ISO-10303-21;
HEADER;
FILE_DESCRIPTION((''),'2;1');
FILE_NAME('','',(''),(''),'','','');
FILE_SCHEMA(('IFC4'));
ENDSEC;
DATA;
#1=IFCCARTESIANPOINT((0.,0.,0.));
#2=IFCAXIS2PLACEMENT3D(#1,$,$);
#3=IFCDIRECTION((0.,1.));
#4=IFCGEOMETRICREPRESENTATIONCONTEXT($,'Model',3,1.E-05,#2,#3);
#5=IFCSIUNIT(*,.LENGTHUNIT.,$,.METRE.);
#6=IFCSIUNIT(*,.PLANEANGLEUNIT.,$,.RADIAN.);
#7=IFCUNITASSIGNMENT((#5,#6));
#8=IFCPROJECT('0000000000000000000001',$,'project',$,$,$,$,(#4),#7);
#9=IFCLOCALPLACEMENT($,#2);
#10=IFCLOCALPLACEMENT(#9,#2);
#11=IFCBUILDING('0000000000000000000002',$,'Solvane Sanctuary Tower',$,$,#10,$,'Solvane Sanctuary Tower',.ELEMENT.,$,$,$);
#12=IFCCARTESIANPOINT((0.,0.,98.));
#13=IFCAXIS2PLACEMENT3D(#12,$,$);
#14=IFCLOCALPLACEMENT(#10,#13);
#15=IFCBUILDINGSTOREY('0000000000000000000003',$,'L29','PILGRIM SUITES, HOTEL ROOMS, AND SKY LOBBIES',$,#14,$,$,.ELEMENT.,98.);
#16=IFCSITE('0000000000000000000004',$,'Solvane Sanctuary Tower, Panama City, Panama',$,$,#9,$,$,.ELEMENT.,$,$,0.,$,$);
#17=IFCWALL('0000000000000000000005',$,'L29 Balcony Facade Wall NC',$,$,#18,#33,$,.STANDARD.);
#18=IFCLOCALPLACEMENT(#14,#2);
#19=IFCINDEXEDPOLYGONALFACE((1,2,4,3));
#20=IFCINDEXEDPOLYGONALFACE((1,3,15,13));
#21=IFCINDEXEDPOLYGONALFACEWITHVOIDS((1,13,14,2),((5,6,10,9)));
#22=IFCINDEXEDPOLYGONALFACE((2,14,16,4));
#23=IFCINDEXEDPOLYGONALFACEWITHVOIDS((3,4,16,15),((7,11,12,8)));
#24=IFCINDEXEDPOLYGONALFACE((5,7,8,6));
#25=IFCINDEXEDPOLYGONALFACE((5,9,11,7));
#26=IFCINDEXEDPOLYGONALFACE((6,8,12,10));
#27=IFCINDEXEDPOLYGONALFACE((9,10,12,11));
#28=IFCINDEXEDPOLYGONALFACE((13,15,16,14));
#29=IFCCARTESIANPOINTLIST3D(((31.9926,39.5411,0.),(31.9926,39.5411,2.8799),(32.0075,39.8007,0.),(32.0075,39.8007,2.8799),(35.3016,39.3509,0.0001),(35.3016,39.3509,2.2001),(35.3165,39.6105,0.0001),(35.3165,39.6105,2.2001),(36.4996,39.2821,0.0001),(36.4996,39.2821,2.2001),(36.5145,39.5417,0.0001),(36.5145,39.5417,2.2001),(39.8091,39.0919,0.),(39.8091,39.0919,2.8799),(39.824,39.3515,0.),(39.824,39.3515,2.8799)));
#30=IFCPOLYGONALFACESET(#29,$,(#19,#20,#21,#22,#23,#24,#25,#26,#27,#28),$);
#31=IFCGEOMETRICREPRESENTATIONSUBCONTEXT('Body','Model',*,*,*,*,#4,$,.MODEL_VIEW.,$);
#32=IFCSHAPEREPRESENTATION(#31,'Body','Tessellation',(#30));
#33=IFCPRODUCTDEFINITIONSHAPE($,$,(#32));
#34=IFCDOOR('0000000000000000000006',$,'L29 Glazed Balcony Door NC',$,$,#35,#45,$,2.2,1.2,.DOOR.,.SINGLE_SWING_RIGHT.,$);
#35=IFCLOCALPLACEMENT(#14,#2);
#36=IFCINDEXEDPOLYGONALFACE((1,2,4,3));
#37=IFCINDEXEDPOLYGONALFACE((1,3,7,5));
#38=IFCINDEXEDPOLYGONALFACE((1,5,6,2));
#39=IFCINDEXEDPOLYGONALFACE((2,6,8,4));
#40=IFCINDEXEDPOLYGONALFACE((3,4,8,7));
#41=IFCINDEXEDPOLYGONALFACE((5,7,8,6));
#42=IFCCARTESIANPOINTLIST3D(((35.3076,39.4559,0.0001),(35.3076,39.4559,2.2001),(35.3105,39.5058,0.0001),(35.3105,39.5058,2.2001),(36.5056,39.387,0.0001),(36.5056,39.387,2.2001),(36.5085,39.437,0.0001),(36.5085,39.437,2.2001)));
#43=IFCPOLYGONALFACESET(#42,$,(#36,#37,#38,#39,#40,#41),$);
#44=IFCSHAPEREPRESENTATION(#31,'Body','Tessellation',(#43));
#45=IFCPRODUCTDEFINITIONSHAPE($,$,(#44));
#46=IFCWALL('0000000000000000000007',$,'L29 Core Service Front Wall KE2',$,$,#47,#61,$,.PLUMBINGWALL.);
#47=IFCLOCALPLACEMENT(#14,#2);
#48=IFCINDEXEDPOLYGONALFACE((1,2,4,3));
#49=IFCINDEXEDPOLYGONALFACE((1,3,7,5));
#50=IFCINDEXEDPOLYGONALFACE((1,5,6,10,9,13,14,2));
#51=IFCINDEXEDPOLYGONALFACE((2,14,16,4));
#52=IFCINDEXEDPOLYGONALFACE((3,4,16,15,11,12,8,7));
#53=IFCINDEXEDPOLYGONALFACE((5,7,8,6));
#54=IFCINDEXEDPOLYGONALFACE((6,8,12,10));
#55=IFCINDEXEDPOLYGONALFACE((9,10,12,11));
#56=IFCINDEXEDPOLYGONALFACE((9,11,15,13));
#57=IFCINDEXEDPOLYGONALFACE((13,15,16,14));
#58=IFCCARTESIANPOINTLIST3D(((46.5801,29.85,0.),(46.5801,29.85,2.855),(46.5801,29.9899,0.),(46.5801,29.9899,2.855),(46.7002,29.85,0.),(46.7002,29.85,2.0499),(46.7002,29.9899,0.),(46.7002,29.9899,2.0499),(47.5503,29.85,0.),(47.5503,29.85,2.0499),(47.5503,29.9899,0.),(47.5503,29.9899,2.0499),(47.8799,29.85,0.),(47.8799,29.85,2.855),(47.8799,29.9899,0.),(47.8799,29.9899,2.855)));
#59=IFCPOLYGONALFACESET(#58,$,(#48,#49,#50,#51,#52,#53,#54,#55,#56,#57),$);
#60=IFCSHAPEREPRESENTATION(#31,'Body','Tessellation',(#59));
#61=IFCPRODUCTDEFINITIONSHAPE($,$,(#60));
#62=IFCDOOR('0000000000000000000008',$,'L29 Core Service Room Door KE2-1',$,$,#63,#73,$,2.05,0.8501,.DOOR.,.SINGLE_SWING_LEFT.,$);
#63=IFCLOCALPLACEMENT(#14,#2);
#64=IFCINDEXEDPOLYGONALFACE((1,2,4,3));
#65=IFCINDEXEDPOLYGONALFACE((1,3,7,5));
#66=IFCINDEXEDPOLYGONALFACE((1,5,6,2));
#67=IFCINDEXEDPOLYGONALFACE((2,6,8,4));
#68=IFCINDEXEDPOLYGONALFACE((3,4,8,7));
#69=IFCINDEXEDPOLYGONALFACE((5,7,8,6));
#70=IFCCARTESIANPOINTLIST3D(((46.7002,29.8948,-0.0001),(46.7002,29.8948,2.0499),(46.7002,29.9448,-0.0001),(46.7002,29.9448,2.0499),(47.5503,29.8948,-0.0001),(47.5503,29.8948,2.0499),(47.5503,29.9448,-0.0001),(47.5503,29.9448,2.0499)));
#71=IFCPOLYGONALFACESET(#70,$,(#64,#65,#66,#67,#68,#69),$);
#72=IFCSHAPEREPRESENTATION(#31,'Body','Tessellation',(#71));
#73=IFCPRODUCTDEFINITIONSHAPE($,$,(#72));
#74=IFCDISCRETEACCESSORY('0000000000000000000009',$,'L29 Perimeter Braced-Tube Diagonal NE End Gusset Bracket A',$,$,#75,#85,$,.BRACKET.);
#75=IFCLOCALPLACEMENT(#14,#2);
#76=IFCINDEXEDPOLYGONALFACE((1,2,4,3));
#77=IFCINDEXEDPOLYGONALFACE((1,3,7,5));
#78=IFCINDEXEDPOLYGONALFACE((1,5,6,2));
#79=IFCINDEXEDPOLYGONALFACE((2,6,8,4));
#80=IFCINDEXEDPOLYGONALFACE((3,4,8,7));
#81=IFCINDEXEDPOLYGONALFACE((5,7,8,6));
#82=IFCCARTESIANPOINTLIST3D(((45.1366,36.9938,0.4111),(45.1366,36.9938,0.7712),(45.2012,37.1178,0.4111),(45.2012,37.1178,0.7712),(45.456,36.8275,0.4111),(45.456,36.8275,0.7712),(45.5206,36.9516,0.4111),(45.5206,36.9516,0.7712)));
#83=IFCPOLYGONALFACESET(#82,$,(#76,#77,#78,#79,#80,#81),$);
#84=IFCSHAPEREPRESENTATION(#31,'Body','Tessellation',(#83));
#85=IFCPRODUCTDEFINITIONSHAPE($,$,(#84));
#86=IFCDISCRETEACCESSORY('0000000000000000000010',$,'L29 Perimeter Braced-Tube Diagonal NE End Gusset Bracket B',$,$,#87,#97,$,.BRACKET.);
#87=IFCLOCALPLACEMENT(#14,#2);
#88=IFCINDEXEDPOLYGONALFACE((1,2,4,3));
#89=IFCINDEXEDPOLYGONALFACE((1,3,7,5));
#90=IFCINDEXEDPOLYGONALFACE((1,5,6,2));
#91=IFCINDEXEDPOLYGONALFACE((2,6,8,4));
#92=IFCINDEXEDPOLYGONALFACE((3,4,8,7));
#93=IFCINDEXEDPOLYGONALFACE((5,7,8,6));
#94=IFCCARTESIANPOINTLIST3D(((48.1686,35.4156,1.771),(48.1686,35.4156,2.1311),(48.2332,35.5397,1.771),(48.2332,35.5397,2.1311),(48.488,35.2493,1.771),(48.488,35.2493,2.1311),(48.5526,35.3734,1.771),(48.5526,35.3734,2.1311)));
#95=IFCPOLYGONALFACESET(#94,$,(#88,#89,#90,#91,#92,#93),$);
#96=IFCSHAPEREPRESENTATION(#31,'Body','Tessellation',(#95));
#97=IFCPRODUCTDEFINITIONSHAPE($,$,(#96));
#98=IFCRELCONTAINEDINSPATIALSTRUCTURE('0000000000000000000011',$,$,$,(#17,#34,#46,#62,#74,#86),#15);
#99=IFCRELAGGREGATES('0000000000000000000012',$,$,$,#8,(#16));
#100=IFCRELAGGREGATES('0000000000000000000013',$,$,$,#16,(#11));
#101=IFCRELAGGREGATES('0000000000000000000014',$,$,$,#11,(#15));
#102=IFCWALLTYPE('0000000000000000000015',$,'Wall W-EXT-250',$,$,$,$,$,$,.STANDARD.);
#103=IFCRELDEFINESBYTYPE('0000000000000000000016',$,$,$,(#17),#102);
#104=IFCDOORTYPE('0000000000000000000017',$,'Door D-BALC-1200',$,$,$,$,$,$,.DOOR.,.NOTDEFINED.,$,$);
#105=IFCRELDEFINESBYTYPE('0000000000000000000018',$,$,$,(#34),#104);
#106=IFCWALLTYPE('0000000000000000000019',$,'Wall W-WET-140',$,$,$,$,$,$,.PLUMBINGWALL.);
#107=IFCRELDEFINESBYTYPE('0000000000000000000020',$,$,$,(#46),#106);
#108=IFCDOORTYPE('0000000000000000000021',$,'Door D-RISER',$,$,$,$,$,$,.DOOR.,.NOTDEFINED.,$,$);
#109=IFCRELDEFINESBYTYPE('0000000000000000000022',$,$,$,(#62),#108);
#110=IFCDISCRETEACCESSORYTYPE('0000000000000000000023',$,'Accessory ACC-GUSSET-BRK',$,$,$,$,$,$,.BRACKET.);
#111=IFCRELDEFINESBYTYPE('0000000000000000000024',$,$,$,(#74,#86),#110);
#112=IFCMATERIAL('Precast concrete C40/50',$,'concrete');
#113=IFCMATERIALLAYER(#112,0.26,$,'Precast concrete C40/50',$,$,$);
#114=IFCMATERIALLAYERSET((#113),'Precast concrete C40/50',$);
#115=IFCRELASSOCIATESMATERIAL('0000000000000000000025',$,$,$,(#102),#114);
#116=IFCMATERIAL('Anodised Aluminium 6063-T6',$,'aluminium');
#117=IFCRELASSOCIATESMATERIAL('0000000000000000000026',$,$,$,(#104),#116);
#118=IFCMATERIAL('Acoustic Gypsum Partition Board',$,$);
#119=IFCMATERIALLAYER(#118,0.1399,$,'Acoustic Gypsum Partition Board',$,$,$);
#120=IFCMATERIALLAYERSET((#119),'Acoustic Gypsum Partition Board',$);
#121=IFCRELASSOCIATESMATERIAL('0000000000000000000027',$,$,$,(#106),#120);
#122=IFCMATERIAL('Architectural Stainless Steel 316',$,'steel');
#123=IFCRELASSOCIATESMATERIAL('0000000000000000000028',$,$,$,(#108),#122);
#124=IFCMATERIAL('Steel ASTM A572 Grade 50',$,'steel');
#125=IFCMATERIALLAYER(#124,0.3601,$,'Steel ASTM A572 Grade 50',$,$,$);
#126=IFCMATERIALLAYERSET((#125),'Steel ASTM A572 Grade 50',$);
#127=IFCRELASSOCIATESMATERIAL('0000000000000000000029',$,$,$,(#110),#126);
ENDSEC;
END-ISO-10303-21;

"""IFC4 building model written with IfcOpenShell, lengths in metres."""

from ifc_helpers import new_model, si_unit, direction, frame, frame_2d, origin, origin_2d, place, context, subcontext, project, spatial, rectangle, extrude, material, layer, layer_set, type_object, element, fill, save


model = new_model("IFC4")

# Units and contexts
model_context = context("Model", 3, precision=1e-05, world=origin(), true_north=direction((0.0, 1.0)))
body_context = subcontext(model_context, "Body", "Model", "MODEL_VIEW")
ifc_project = project(units=[si_unit("LENGTHUNIT", "METRE"), si_unit("PLANEANGLEUNIT", "RADIAN")], contexts=[model_context])

# Site, building, storey
site_placement = place(None, origin())
site = spatial("IfcSite", under=ifc_project, at=site_placement, Name="Solvane Sanctuary Tower, Panama City, Panama", CompositionType="ELEMENT", RefElevation=0.0)
building_placement = place(site_placement, origin())
building = spatial("IfcBuilding", under=site, at=building_placement, Name="Solvane Sanctuary Tower", LongName="Solvane Sanctuary Tower", CompositionType="ELEMENT")
storey_placement = place(building_placement, frame((0.0, 0.0, 98.0)))
storey = spatial("IfcBuildingStorey", under=building, at=storey_placement, Name="L29", Description="PILGRIM SUITES, HOTEL ROOMS, AND SKY LOBBIES", CompositionType="ELEMENT", Elevation=98.0)

# Shared definitions
ifc_material_1 = material(Name="Acoustic Gypsum Partition Board")

# Shared definitions
ifc_material_2 = material(Name="Precast concrete C40/50", Category="concrete")
ifc_layer_1 = layer(ifc_material_2, 0.26, Name="Precast concrete C40/50")
ifc_layer_set_1 = layer_set([ifc_layer_1], Name="Precast concrete C40/50")
wall_type_1 = type_object("IfcWallType", Name="Wall W-EXT-250", PredefinedType="STANDARD", material=ifc_layer_set_1)

# Walls, openings, doors
wall_1_placement = place(storey_placement, frame((39.8164, 39.2217, 0.0), z_axis=(0.0, 0.0, 1.0), x_axis=(-0.998353, 0.057377, 0.0)))
wall_1 = element("IfcWall", 1, at=wall_1_placement, inside=storey, type_object=wall_type_1, Name="L29 Balcony Facade Wall NC", PredefinedType="STANDARD", context=body_context, shape_type="SweptSolid", body=[
    extrude(rectangle(XDim=7.8293, YDim=0.26, at=frame_2d((3.9146, 0.0))), origin(), (0.0, 0.0, 1.0), 2.8799),
])
opening_1_placement = place(wall_1_placement, frame((3.3147, 0.0, 0.0)))
opening_1 = element("IfcOpeningElement", 2, at=opening_1_placement, cuts=wall_1, PredefinedType="OPENING", context=body_context, shape_type="SweptSolid", body=[
    extrude(rectangle(XDim=1.2, YDim=2.2, at=frame_2d((0.6001, 1.1001))), frame((0.0, 0.1399, 0.0), z_axis=(0.0, -1.0, 0.0), x_axis=(1.0, 0.0, 0.0)), (0.0, 0.0, 1.0), 0.28),
])
ifc_material_3 = material(Name="Anodised Aluminium 6063-T6", Category="aluminium")
door_type_1 = type_object("IfcDoorType", Name="Door D-BALC-1200", OperationType="NOTDEFINED", PredefinedType="DOOR", material=ifc_material_3)
door_1_placement = place(opening_1_placement, origin())
door_1 = element("IfcDoor", 3, at=door_1_placement, inside=storey, type_object=door_type_1, Name="L29 Glazed Balcony Door NC", OperationType="SINGLE_SWING_RIGHT", OverallHeight=2.2, OverallWidth=1.2, PredefinedType="DOOR", context=body_context, shape_type="SweptSolid", body=[
    extrude(rectangle(XDim=1.2, YDim=2.2, at=frame_2d((0.6001, 1.1001))), frame((0.0, 0.0249, 0.0), z_axis=(0.0, -1.0, 0.0), x_axis=(1.0, 0.0, 0.0)), (0.0, 0.0, 1.0), 0.05),
])
fill(opening_1, door_1)
ifc_layer_2 = layer(ifc_material_1, 0.1399, Name="Acoustic Gypsum Partition Board")
ifc_layer_set_2 = layer_set([ifc_layer_2], Name="Acoustic Gypsum Partition Board")
wall_type_2 = type_object("IfcWallType", Name="Wall W-WET-140", PredefinedType="PLUMBINGWALL", material=ifc_layer_set_2)
wall_2_placement = place(storey_placement, frame((46.5801, 29.9199, 0.0), z_axis=(0.0, 0.0, 1.0), x_axis=(1.0, 0.0, 0.0)))
wall_2 = element("IfcWall", 4, at=wall_2_placement, inside=storey, type_object=wall_type_2, Name="L29 Core Service Front Wall KE2", PredefinedType="PLUMBINGWALL", context=body_context, shape_type="SweptSolid", body=[
    extrude(rectangle(XDim=1.2998, YDim=0.1399, at=frame_2d((0.6499, 0.0))), origin(), (0.0, 0.0, 1.0), 2.855),
])
opening_2_placement = place(wall_2_placement, frame((0.1201, 0.0, 0.0)))
opening_2 = element("IfcOpeningElement", 5, at=opening_2_placement, cuts=wall_2, PredefinedType="OPENING", context=body_context, shape_type="SweptSolid", body=[
    extrude(rectangle(XDim=0.8501, YDim=2.05, at=frame_2d((0.425, 1.0249))), frame((0.0, 0.0798, 0.0), z_axis=(0.0, -1.0, 0.0), x_axis=(1.0, 0.0, 0.0)), (0.0, 0.0, 1.0), 0.1599),
])
ifc_material_4 = material(Name="Architectural Stainless Steel 316", Category="steel")
door_type_2 = type_object("IfcDoorType", Name="Door D-RISER", OperationType="NOTDEFINED", PredefinedType="DOOR", material=ifc_material_4)
door_2_placement = place(opening_2_placement, origin())
door_2 = element("IfcDoor", 6, at=door_2_placement, inside=storey, type_object=door_type_2, Name="L29 Core Service Room Door KE2-1", OperationType="SINGLE_SWING_LEFT", OverallHeight=2.05, OverallWidth=0.8501, PredefinedType="DOOR", context=body_context, shape_type="SweptSolid", body=[
    extrude(rectangle(XDim=0.8501, YDim=2.05, at=frame_2d((0.425, 1.0249))), frame((0.0, 0.0249, 0.0), z_axis=(0.0, -1.0, 0.0), x_axis=(1.0, 0.0, 0.0)), (0.0, 0.0, 1.0), 0.05),
])
fill(opening_2, door_2)

# Discrete accessories
ifc_material_5 = material(Name="Steel ASTM A572 Grade 50", Category="steel")
ifc_layer_3 = layer(ifc_material_5, 0.3601, Name="Steel ASTM A572 Grade 50")
ifc_layer_set_3 = layer_set([ifc_layer_3], Name="Steel ASTM A572 Grade 50")
discrete_accessory_type = type_object("IfcDiscreteAccessoryType", Name="Accessory ACC-GUSSET-BRK", PredefinedType="BRACKET", material=ifc_layer_set_3)
for number, where, z_axis, x_axis, name in (
    (7, (45.3286, 36.9727, 0.4111), (0.0, 0.0, 1.0), (0.887011, -0.461749, 0.0), "L29 Perimeter Braced-Tube Diagonal NE End Gusset Bracket A"),
    (8, (48.3606, 35.3945, 1.771), (0.0, 0.0, 1.0), (0.887011, -0.461749, 0.0), "L29 Perimeter Braced-Tube Diagonal NE End Gusset Bracket B"),
):
    element("IfcDiscreteAccessory", number, at=place(storey_placement, frame(where, z_axis=z_axis, x_axis=x_axis)), inside=storey, type_object=discrete_accessory_type, Name=name, PredefinedType="BRACKET", context=body_context, shape_type="SweptSolid", body=[
        extrude(rectangle(XDim=0.3601, YDim=0.1399, at=origin_2d()), origin(), (0.0, 0.0, 1.0), 0.3601),
    ])

save(model, "model.ifc")
